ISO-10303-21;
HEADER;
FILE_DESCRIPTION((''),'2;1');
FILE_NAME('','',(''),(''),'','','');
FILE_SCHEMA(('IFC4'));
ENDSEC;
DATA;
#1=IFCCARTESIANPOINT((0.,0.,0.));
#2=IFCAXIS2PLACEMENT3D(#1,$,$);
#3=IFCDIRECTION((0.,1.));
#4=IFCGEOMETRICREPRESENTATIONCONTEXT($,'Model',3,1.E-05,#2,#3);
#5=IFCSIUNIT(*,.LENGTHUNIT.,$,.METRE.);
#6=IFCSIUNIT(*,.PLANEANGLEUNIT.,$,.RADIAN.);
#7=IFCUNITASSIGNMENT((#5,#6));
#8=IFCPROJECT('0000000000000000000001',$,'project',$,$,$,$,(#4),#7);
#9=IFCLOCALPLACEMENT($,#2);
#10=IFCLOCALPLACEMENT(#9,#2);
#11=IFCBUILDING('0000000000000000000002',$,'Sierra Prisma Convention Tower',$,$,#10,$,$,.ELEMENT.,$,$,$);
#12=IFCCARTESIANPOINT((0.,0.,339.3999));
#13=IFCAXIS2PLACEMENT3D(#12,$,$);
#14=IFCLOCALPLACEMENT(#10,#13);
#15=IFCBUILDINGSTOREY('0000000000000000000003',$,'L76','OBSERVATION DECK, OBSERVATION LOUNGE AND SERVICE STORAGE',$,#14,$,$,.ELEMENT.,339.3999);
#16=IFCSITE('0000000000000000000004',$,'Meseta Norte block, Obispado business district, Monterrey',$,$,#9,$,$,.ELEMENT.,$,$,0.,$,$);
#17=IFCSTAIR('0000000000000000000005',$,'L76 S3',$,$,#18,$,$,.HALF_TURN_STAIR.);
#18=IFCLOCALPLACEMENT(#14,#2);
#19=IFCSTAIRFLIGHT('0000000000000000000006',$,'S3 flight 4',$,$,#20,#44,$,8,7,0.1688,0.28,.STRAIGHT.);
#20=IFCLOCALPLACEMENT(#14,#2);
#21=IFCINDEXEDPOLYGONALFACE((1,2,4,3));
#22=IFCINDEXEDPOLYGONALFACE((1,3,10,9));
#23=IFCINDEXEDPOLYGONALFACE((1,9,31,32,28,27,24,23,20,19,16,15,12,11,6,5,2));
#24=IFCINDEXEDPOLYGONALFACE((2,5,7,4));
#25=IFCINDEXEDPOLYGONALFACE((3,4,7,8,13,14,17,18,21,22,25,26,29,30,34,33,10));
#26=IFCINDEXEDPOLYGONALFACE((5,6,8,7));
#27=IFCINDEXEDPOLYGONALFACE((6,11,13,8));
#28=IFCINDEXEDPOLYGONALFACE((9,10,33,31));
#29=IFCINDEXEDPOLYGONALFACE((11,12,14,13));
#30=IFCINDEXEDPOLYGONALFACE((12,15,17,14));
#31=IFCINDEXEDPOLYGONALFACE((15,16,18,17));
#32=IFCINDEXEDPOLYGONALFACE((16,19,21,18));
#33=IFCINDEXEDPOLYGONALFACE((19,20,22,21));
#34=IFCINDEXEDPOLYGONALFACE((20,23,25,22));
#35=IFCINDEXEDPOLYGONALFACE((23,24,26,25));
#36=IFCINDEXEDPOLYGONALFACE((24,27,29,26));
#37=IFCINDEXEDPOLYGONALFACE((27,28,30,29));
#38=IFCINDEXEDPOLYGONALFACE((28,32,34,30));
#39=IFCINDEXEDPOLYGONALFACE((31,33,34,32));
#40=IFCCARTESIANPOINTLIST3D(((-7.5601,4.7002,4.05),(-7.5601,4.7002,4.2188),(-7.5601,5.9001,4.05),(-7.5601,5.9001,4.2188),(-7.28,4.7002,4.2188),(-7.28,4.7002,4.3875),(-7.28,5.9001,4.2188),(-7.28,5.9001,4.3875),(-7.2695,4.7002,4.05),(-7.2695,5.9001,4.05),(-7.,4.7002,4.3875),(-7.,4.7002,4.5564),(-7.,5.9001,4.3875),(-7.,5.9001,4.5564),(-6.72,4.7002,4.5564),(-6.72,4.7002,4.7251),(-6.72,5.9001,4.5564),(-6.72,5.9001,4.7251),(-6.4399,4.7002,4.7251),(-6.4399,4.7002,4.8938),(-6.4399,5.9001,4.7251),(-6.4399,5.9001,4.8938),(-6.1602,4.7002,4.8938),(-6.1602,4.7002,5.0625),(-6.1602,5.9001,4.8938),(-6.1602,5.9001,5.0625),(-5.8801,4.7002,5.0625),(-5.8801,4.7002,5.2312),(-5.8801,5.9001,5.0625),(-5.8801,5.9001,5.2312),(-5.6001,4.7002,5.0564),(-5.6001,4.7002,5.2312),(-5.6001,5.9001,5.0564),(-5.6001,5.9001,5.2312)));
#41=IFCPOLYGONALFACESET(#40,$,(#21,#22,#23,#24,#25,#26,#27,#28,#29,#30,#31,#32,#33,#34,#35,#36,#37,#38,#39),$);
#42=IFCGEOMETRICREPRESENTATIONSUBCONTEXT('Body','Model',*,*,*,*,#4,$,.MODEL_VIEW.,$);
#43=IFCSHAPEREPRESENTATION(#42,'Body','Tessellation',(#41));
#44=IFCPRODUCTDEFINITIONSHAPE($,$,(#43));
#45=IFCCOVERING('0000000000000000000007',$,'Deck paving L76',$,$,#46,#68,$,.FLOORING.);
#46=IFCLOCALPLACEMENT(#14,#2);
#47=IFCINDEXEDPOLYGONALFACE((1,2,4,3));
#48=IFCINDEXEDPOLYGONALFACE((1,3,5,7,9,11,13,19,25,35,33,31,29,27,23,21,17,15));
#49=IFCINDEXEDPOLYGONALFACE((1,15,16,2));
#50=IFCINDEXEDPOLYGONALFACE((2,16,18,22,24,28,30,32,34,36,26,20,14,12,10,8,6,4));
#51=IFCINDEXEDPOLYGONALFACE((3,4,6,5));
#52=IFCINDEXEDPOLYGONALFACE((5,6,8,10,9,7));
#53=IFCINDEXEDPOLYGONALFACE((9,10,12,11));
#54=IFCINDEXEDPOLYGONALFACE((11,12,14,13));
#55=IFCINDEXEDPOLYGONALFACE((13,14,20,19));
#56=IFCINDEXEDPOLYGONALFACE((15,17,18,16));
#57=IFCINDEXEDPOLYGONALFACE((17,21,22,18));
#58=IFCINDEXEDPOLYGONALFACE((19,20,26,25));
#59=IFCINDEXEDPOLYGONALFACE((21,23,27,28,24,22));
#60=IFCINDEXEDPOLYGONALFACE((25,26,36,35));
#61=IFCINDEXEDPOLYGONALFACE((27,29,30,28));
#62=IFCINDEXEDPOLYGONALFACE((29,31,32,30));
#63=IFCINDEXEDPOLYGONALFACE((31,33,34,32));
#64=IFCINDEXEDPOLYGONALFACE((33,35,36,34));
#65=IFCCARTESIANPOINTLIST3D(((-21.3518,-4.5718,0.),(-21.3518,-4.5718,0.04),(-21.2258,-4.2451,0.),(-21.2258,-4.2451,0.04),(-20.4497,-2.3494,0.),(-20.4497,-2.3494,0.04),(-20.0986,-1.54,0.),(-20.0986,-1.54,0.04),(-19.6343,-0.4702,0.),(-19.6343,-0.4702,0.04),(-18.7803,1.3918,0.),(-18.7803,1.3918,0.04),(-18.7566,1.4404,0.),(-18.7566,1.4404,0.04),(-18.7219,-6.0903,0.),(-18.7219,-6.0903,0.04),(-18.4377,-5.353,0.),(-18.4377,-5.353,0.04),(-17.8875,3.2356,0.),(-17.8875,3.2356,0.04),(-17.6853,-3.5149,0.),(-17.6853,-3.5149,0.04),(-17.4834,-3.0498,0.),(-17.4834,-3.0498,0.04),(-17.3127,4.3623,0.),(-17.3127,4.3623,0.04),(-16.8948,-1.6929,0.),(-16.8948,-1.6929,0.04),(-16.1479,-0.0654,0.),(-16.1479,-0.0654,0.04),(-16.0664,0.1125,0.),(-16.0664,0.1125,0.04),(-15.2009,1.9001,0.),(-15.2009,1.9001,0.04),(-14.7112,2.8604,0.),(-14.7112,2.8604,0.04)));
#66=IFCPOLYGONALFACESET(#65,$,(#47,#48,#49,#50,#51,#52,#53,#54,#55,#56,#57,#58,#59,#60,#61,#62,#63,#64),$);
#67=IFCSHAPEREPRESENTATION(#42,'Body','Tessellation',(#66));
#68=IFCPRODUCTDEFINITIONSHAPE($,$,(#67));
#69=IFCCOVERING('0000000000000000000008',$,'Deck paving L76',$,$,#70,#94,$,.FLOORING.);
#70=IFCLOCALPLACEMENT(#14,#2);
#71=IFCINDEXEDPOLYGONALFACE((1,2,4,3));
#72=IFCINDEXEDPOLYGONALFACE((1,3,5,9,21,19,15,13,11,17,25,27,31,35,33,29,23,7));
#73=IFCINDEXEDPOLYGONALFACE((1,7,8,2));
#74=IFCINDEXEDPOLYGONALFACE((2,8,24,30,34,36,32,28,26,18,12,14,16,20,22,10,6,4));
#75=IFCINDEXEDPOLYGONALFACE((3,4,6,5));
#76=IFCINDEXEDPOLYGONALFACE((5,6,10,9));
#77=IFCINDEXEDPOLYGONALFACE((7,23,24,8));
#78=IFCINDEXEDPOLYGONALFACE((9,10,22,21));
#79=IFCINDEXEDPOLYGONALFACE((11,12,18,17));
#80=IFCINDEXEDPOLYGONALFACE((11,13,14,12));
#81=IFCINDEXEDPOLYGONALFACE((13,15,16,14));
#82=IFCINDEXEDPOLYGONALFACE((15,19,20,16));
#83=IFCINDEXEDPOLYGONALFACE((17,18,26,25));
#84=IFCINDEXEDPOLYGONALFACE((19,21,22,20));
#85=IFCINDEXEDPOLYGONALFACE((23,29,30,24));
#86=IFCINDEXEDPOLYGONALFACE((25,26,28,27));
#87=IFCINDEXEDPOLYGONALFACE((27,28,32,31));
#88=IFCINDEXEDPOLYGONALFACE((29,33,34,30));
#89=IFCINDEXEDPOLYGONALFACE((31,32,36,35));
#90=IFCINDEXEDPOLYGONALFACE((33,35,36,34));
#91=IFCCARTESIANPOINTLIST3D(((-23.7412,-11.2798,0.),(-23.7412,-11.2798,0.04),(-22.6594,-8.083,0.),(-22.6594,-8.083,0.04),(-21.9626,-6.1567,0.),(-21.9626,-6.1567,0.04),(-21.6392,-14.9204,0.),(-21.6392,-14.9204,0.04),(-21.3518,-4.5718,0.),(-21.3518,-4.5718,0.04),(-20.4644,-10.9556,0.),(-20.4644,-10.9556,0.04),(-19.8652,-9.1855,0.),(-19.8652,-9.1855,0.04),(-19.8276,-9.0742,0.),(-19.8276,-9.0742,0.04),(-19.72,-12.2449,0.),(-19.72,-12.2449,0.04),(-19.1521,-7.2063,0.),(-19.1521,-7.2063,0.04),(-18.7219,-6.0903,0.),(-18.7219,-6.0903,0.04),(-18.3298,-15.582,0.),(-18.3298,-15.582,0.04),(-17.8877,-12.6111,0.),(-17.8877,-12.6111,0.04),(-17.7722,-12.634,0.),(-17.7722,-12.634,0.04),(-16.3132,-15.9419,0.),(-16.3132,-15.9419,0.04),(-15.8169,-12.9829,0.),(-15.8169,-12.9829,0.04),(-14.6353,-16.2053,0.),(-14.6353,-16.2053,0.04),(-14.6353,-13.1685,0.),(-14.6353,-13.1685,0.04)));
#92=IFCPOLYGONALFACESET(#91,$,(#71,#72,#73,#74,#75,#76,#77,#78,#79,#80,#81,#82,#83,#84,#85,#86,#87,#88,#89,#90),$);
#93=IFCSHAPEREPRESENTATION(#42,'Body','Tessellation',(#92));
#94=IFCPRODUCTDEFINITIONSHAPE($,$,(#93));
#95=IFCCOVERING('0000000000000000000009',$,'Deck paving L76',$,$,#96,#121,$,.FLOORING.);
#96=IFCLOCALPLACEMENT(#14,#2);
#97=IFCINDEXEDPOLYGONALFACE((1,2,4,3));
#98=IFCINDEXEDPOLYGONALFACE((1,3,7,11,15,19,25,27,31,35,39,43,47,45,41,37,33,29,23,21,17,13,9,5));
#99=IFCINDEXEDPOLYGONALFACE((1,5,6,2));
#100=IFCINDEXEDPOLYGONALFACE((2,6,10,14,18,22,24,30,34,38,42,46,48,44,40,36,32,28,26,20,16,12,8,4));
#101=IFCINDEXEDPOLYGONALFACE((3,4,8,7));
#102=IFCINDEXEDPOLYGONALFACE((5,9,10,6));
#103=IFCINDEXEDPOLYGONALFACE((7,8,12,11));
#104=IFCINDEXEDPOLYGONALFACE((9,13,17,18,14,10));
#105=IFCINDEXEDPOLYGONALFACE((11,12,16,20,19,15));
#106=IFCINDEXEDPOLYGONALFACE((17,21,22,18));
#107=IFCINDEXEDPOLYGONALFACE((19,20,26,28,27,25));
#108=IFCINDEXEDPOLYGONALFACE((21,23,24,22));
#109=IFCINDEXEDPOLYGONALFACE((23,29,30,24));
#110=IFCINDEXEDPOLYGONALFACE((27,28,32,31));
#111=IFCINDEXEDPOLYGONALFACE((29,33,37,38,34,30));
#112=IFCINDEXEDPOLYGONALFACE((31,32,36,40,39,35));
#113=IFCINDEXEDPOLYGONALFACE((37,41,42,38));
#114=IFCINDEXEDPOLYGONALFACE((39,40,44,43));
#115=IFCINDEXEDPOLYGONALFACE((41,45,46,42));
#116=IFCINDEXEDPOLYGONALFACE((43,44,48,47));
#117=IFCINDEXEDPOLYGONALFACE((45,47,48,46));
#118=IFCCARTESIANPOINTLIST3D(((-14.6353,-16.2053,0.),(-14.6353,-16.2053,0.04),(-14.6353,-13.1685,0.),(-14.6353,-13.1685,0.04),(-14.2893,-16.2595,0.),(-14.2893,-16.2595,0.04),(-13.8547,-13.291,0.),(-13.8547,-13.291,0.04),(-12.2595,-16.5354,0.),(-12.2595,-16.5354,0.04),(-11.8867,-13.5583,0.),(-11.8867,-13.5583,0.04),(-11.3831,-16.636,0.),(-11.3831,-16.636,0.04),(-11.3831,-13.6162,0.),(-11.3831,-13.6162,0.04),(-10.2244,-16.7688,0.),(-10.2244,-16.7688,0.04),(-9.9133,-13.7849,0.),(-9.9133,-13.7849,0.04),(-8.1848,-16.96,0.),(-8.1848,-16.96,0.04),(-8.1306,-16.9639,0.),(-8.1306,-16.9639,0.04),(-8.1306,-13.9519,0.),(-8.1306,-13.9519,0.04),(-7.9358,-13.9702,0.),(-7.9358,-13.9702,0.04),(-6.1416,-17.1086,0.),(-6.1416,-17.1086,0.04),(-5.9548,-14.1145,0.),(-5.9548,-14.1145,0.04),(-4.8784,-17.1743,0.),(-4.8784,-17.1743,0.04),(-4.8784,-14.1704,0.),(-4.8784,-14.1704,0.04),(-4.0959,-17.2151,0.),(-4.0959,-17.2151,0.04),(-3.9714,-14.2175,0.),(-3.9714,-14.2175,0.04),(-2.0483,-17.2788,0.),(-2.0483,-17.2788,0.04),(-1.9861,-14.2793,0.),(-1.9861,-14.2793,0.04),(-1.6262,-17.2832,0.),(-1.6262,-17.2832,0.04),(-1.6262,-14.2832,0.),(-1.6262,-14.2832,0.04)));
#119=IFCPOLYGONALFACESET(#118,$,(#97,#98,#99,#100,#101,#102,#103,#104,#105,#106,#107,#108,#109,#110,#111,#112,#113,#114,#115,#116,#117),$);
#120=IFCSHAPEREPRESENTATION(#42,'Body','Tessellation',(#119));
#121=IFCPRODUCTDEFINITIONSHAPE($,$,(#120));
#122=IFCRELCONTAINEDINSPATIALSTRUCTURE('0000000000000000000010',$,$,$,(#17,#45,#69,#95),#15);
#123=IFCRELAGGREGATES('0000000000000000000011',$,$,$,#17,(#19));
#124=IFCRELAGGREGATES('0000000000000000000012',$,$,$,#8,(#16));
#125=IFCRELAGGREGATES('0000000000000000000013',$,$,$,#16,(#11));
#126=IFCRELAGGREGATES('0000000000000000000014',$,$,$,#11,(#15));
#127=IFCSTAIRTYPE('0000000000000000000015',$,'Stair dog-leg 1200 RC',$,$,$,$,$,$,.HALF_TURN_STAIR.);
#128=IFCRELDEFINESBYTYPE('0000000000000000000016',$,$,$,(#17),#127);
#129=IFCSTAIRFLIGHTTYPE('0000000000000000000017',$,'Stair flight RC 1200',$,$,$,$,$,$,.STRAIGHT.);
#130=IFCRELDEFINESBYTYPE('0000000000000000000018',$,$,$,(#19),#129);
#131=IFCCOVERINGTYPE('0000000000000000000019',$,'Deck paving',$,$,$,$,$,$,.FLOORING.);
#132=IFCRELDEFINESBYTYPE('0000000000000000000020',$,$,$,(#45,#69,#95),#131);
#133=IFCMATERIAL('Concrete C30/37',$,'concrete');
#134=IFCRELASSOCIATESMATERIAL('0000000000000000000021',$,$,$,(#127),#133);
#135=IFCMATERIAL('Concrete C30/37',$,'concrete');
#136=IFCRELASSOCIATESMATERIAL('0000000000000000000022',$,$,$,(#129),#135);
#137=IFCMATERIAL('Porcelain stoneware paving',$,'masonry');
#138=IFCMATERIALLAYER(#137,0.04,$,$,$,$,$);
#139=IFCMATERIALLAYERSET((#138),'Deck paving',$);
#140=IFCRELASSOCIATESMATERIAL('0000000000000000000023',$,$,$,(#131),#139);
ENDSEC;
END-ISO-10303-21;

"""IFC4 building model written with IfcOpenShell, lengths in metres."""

from ifc_helpers import new_model, si_unit, direction, frame, origin, place, context, subcontext, project, spatial, polyline, outline, extrude, material, layer, layer_set, type_object, element, aggregate, save


model = new_model("IFC4")

# Units and contexts
model_context = context("Model", 3, precision=1e-05, world=origin(), true_north=direction((0.0, 1.0)))
body_context = subcontext(model_context, "Body", "Model", "MODEL_VIEW")
ifc_project = project(units=[si_unit("LENGTHUNIT", "METRE"), si_unit("PLANEANGLEUNIT", "RADIAN")], contexts=[model_context])

# Site, building, storey
site_placement = place(None, origin())
site = spatial("IfcSite", under=ifc_project, at=site_placement, Name="Meseta Norte block, Obispado business district, Monterrey", CompositionType="ELEMENT", RefElevation=0.0)
building_placement = place(site_placement, origin())
building = spatial("IfcBuilding", under=site, at=building_placement, Name="Sierra Prisma Convention Tower", CompositionType="ELEMENT")
storey_placement = place(building_placement, frame((0.0, 0.0, 339.3999)))
storey = spatial("IfcBuildingStorey", under=building, at=storey_placement, Name="L76", Description="OBSERVATION DECK, OBSERVATION LOUNGE AND SERVICE STORAGE", CompositionType="ELEMENT", Elevation=339.3999)

# Stair, stair flight
ifc_material_1 = material(Name="Concrete C30/37", Category="concrete")
stair_type = type_object("IfcStairType", Name="Stair dog-leg 1200 RC", PredefinedType="HALF_TURN_STAIR", material=ifc_material_1)
stair_placement = place(storey_placement, origin())
stair = element("IfcStair", 1, at=stair_placement, inside=storey, type_object=stair_type, Name="L76 S3", PredefinedType="HALF_TURN_STAIR")
ifc_material_2 = material(Name="Concrete C30/37", Category="concrete")
stair_flight_type = type_object("IfcStairFlightType", Name="Stair flight RC 1200", PredefinedType="STRAIGHT", material=ifc_material_2)
stair_flight_1_placement = place(storey_placement, frame((-7.5601, 5.3, 4.05), z_axis=(0.0, 0.0, 1.0), x_axis=(1.0, 0.0, 0.0)))
stair_flight_1 = element("IfcStairFlight", 2, at=stair_flight_1_placement, type_object=stair_flight_type, Name="S3 flight 4", NumberOfRisers=8, NumberOfTreads=7, PredefinedType="STRAIGHT", RiserHeight=0.1688, TreadLength=0.28, context=body_context, shape_type="SweptSolid", body=[
    extrude(outline(polyline([(0.0, 0.0), (0.0, 0.1687), (0.28, 0.1687), (0.28, 0.3374), (0.5601, 0.3374), (0.5601, 0.5063), (0.8401, 0.5063), (0.8401, 0.675), (1.1201, 0.675), (1.1201, 0.8438), (1.3999, 0.8438), (1.3999, 1.0125), (1.6799, 1.0125), (1.6799, 1.1812), (1.96, 1.1812), (1.96, 1.3501), (1.96, 1.0063), (0.2905, 0.0), (0.0, 0.0)])), frame((0.0, 0.6001, 0.0), z_axis=(0.0, -1.0, 0.0), x_axis=(1.0, 0.0, 0.0)), (0.0, 0.0, 1.0), 1.2),
])
aggregate(stair, [stair_flight_1])

# Coverings
ifc_material_3 = material(Name="Porcelain stoneware paving", Category="masonry")
ifc_layer_1 = layer(ifc_material_3, 0.04)
ifc_layer_set_1 = layer_set([ifc_layer_1], Name="Deck paving")
covering_type = type_object("IfcCoveringType", Name="Deck paving", PredefinedType="FLOORING", material=ifc_layer_set_1)
covering_1_placement = place(storey_placement, origin())
element("IfcCovering", 3, at=covering_1_placement, inside=storey, type_object=covering_type, Name="Deck paving L76", PredefinedType="FLOORING", context=body_context, shape_type="SweptSolid", body=[
    extrude(outline(polyline([(-20.4497, -2.3494), (-20.0986, -1.54), (-19.6343, -0.4702), (-18.7803, 1.3918), (-18.7566, 1.4404), (-17.8875, 3.2356), (-17.3127, 4.3623), (-14.7112, 2.8604), (-15.2009, 1.9001), (-16.0664, 0.1125), (-16.1479, -0.0654), (-16.8948, -1.6929), (-17.4834, -3.0498), (-17.6853, -3.5149), (-18.4377, -5.353), (-18.7219, -6.0903), (-21.3518, -4.5718), (-21.2258, -4.2451), (-20.4497, -2.3494)])), origin(), (0.0, 0.0, 1.0), 0.04),
])
covering_2_placement = place(storey_placement, origin())
element("IfcCovering", 4, at=covering_2_placement, inside=storey, type_object=covering_type, Name="Deck paving L76", PredefinedType="FLOORING", context=body_context, shape_type="SweptSolid", body=[
    extrude(outline(polyline([(-22.6594, -8.083), (-21.9626, -6.1567), (-21.3518, -4.5718), (-18.7219, -6.0903), (-19.1521, -7.2063), (-19.8276, -9.0742), (-19.8652, -9.1855), (-20.4644, -10.9556), (-19.72, -12.2449), (-17.8877, -12.6111), (-17.7722, -12.634), (-15.8169, -12.9829), (-14.6353, -13.1685), (-14.6353, -16.2053), (-16.3132, -15.9419), (-18.3298, -15.582), (-21.6392, -14.9204), (-23.7412, -11.2798), (-22.6594, -8.083)])), origin(), (0.0, 0.0, 1.0), 0.04),
])
covering_3_placement = place(storey_placement, origin())
element("IfcCovering", 5, at=covering_3_placement, inside=storey, type_object=covering_type, Name="Deck paving L76", PredefinedType="FLOORING", context=body_context, shape_type="SweptSolid", body=[
    extrude(outline(polyline([(-4.0959, -17.2151), (-4.8784, -17.1743), (-6.1416, -17.1086), (-8.1306, -16.9639), (-8.1848, -16.96), (-10.2244, -16.7688), (-11.3831, -16.636), (-12.2595, -16.5354), (-14.2893, -16.2595), (-14.6353, -16.2053), (-14.6353, -13.1685), (-13.8547, -13.291), (-11.8867, -13.5583), (-11.3831, -13.6162), (-9.9133, -13.7849), (-8.1306, -13.9519), (-7.9358, -13.9702), (-5.9548, -14.1145), (-4.8784, -14.1704), (-3.9714, -14.2175), (-1.9861, -14.2793), (-1.6262, -14.2832), (-1.6262, -17.2832), (-2.0483, -17.2788), (-4.0959, -17.2151)])), origin(), (0.0, 0.0, 1.0), 0.04),
])

save(model, "model.ifc")
